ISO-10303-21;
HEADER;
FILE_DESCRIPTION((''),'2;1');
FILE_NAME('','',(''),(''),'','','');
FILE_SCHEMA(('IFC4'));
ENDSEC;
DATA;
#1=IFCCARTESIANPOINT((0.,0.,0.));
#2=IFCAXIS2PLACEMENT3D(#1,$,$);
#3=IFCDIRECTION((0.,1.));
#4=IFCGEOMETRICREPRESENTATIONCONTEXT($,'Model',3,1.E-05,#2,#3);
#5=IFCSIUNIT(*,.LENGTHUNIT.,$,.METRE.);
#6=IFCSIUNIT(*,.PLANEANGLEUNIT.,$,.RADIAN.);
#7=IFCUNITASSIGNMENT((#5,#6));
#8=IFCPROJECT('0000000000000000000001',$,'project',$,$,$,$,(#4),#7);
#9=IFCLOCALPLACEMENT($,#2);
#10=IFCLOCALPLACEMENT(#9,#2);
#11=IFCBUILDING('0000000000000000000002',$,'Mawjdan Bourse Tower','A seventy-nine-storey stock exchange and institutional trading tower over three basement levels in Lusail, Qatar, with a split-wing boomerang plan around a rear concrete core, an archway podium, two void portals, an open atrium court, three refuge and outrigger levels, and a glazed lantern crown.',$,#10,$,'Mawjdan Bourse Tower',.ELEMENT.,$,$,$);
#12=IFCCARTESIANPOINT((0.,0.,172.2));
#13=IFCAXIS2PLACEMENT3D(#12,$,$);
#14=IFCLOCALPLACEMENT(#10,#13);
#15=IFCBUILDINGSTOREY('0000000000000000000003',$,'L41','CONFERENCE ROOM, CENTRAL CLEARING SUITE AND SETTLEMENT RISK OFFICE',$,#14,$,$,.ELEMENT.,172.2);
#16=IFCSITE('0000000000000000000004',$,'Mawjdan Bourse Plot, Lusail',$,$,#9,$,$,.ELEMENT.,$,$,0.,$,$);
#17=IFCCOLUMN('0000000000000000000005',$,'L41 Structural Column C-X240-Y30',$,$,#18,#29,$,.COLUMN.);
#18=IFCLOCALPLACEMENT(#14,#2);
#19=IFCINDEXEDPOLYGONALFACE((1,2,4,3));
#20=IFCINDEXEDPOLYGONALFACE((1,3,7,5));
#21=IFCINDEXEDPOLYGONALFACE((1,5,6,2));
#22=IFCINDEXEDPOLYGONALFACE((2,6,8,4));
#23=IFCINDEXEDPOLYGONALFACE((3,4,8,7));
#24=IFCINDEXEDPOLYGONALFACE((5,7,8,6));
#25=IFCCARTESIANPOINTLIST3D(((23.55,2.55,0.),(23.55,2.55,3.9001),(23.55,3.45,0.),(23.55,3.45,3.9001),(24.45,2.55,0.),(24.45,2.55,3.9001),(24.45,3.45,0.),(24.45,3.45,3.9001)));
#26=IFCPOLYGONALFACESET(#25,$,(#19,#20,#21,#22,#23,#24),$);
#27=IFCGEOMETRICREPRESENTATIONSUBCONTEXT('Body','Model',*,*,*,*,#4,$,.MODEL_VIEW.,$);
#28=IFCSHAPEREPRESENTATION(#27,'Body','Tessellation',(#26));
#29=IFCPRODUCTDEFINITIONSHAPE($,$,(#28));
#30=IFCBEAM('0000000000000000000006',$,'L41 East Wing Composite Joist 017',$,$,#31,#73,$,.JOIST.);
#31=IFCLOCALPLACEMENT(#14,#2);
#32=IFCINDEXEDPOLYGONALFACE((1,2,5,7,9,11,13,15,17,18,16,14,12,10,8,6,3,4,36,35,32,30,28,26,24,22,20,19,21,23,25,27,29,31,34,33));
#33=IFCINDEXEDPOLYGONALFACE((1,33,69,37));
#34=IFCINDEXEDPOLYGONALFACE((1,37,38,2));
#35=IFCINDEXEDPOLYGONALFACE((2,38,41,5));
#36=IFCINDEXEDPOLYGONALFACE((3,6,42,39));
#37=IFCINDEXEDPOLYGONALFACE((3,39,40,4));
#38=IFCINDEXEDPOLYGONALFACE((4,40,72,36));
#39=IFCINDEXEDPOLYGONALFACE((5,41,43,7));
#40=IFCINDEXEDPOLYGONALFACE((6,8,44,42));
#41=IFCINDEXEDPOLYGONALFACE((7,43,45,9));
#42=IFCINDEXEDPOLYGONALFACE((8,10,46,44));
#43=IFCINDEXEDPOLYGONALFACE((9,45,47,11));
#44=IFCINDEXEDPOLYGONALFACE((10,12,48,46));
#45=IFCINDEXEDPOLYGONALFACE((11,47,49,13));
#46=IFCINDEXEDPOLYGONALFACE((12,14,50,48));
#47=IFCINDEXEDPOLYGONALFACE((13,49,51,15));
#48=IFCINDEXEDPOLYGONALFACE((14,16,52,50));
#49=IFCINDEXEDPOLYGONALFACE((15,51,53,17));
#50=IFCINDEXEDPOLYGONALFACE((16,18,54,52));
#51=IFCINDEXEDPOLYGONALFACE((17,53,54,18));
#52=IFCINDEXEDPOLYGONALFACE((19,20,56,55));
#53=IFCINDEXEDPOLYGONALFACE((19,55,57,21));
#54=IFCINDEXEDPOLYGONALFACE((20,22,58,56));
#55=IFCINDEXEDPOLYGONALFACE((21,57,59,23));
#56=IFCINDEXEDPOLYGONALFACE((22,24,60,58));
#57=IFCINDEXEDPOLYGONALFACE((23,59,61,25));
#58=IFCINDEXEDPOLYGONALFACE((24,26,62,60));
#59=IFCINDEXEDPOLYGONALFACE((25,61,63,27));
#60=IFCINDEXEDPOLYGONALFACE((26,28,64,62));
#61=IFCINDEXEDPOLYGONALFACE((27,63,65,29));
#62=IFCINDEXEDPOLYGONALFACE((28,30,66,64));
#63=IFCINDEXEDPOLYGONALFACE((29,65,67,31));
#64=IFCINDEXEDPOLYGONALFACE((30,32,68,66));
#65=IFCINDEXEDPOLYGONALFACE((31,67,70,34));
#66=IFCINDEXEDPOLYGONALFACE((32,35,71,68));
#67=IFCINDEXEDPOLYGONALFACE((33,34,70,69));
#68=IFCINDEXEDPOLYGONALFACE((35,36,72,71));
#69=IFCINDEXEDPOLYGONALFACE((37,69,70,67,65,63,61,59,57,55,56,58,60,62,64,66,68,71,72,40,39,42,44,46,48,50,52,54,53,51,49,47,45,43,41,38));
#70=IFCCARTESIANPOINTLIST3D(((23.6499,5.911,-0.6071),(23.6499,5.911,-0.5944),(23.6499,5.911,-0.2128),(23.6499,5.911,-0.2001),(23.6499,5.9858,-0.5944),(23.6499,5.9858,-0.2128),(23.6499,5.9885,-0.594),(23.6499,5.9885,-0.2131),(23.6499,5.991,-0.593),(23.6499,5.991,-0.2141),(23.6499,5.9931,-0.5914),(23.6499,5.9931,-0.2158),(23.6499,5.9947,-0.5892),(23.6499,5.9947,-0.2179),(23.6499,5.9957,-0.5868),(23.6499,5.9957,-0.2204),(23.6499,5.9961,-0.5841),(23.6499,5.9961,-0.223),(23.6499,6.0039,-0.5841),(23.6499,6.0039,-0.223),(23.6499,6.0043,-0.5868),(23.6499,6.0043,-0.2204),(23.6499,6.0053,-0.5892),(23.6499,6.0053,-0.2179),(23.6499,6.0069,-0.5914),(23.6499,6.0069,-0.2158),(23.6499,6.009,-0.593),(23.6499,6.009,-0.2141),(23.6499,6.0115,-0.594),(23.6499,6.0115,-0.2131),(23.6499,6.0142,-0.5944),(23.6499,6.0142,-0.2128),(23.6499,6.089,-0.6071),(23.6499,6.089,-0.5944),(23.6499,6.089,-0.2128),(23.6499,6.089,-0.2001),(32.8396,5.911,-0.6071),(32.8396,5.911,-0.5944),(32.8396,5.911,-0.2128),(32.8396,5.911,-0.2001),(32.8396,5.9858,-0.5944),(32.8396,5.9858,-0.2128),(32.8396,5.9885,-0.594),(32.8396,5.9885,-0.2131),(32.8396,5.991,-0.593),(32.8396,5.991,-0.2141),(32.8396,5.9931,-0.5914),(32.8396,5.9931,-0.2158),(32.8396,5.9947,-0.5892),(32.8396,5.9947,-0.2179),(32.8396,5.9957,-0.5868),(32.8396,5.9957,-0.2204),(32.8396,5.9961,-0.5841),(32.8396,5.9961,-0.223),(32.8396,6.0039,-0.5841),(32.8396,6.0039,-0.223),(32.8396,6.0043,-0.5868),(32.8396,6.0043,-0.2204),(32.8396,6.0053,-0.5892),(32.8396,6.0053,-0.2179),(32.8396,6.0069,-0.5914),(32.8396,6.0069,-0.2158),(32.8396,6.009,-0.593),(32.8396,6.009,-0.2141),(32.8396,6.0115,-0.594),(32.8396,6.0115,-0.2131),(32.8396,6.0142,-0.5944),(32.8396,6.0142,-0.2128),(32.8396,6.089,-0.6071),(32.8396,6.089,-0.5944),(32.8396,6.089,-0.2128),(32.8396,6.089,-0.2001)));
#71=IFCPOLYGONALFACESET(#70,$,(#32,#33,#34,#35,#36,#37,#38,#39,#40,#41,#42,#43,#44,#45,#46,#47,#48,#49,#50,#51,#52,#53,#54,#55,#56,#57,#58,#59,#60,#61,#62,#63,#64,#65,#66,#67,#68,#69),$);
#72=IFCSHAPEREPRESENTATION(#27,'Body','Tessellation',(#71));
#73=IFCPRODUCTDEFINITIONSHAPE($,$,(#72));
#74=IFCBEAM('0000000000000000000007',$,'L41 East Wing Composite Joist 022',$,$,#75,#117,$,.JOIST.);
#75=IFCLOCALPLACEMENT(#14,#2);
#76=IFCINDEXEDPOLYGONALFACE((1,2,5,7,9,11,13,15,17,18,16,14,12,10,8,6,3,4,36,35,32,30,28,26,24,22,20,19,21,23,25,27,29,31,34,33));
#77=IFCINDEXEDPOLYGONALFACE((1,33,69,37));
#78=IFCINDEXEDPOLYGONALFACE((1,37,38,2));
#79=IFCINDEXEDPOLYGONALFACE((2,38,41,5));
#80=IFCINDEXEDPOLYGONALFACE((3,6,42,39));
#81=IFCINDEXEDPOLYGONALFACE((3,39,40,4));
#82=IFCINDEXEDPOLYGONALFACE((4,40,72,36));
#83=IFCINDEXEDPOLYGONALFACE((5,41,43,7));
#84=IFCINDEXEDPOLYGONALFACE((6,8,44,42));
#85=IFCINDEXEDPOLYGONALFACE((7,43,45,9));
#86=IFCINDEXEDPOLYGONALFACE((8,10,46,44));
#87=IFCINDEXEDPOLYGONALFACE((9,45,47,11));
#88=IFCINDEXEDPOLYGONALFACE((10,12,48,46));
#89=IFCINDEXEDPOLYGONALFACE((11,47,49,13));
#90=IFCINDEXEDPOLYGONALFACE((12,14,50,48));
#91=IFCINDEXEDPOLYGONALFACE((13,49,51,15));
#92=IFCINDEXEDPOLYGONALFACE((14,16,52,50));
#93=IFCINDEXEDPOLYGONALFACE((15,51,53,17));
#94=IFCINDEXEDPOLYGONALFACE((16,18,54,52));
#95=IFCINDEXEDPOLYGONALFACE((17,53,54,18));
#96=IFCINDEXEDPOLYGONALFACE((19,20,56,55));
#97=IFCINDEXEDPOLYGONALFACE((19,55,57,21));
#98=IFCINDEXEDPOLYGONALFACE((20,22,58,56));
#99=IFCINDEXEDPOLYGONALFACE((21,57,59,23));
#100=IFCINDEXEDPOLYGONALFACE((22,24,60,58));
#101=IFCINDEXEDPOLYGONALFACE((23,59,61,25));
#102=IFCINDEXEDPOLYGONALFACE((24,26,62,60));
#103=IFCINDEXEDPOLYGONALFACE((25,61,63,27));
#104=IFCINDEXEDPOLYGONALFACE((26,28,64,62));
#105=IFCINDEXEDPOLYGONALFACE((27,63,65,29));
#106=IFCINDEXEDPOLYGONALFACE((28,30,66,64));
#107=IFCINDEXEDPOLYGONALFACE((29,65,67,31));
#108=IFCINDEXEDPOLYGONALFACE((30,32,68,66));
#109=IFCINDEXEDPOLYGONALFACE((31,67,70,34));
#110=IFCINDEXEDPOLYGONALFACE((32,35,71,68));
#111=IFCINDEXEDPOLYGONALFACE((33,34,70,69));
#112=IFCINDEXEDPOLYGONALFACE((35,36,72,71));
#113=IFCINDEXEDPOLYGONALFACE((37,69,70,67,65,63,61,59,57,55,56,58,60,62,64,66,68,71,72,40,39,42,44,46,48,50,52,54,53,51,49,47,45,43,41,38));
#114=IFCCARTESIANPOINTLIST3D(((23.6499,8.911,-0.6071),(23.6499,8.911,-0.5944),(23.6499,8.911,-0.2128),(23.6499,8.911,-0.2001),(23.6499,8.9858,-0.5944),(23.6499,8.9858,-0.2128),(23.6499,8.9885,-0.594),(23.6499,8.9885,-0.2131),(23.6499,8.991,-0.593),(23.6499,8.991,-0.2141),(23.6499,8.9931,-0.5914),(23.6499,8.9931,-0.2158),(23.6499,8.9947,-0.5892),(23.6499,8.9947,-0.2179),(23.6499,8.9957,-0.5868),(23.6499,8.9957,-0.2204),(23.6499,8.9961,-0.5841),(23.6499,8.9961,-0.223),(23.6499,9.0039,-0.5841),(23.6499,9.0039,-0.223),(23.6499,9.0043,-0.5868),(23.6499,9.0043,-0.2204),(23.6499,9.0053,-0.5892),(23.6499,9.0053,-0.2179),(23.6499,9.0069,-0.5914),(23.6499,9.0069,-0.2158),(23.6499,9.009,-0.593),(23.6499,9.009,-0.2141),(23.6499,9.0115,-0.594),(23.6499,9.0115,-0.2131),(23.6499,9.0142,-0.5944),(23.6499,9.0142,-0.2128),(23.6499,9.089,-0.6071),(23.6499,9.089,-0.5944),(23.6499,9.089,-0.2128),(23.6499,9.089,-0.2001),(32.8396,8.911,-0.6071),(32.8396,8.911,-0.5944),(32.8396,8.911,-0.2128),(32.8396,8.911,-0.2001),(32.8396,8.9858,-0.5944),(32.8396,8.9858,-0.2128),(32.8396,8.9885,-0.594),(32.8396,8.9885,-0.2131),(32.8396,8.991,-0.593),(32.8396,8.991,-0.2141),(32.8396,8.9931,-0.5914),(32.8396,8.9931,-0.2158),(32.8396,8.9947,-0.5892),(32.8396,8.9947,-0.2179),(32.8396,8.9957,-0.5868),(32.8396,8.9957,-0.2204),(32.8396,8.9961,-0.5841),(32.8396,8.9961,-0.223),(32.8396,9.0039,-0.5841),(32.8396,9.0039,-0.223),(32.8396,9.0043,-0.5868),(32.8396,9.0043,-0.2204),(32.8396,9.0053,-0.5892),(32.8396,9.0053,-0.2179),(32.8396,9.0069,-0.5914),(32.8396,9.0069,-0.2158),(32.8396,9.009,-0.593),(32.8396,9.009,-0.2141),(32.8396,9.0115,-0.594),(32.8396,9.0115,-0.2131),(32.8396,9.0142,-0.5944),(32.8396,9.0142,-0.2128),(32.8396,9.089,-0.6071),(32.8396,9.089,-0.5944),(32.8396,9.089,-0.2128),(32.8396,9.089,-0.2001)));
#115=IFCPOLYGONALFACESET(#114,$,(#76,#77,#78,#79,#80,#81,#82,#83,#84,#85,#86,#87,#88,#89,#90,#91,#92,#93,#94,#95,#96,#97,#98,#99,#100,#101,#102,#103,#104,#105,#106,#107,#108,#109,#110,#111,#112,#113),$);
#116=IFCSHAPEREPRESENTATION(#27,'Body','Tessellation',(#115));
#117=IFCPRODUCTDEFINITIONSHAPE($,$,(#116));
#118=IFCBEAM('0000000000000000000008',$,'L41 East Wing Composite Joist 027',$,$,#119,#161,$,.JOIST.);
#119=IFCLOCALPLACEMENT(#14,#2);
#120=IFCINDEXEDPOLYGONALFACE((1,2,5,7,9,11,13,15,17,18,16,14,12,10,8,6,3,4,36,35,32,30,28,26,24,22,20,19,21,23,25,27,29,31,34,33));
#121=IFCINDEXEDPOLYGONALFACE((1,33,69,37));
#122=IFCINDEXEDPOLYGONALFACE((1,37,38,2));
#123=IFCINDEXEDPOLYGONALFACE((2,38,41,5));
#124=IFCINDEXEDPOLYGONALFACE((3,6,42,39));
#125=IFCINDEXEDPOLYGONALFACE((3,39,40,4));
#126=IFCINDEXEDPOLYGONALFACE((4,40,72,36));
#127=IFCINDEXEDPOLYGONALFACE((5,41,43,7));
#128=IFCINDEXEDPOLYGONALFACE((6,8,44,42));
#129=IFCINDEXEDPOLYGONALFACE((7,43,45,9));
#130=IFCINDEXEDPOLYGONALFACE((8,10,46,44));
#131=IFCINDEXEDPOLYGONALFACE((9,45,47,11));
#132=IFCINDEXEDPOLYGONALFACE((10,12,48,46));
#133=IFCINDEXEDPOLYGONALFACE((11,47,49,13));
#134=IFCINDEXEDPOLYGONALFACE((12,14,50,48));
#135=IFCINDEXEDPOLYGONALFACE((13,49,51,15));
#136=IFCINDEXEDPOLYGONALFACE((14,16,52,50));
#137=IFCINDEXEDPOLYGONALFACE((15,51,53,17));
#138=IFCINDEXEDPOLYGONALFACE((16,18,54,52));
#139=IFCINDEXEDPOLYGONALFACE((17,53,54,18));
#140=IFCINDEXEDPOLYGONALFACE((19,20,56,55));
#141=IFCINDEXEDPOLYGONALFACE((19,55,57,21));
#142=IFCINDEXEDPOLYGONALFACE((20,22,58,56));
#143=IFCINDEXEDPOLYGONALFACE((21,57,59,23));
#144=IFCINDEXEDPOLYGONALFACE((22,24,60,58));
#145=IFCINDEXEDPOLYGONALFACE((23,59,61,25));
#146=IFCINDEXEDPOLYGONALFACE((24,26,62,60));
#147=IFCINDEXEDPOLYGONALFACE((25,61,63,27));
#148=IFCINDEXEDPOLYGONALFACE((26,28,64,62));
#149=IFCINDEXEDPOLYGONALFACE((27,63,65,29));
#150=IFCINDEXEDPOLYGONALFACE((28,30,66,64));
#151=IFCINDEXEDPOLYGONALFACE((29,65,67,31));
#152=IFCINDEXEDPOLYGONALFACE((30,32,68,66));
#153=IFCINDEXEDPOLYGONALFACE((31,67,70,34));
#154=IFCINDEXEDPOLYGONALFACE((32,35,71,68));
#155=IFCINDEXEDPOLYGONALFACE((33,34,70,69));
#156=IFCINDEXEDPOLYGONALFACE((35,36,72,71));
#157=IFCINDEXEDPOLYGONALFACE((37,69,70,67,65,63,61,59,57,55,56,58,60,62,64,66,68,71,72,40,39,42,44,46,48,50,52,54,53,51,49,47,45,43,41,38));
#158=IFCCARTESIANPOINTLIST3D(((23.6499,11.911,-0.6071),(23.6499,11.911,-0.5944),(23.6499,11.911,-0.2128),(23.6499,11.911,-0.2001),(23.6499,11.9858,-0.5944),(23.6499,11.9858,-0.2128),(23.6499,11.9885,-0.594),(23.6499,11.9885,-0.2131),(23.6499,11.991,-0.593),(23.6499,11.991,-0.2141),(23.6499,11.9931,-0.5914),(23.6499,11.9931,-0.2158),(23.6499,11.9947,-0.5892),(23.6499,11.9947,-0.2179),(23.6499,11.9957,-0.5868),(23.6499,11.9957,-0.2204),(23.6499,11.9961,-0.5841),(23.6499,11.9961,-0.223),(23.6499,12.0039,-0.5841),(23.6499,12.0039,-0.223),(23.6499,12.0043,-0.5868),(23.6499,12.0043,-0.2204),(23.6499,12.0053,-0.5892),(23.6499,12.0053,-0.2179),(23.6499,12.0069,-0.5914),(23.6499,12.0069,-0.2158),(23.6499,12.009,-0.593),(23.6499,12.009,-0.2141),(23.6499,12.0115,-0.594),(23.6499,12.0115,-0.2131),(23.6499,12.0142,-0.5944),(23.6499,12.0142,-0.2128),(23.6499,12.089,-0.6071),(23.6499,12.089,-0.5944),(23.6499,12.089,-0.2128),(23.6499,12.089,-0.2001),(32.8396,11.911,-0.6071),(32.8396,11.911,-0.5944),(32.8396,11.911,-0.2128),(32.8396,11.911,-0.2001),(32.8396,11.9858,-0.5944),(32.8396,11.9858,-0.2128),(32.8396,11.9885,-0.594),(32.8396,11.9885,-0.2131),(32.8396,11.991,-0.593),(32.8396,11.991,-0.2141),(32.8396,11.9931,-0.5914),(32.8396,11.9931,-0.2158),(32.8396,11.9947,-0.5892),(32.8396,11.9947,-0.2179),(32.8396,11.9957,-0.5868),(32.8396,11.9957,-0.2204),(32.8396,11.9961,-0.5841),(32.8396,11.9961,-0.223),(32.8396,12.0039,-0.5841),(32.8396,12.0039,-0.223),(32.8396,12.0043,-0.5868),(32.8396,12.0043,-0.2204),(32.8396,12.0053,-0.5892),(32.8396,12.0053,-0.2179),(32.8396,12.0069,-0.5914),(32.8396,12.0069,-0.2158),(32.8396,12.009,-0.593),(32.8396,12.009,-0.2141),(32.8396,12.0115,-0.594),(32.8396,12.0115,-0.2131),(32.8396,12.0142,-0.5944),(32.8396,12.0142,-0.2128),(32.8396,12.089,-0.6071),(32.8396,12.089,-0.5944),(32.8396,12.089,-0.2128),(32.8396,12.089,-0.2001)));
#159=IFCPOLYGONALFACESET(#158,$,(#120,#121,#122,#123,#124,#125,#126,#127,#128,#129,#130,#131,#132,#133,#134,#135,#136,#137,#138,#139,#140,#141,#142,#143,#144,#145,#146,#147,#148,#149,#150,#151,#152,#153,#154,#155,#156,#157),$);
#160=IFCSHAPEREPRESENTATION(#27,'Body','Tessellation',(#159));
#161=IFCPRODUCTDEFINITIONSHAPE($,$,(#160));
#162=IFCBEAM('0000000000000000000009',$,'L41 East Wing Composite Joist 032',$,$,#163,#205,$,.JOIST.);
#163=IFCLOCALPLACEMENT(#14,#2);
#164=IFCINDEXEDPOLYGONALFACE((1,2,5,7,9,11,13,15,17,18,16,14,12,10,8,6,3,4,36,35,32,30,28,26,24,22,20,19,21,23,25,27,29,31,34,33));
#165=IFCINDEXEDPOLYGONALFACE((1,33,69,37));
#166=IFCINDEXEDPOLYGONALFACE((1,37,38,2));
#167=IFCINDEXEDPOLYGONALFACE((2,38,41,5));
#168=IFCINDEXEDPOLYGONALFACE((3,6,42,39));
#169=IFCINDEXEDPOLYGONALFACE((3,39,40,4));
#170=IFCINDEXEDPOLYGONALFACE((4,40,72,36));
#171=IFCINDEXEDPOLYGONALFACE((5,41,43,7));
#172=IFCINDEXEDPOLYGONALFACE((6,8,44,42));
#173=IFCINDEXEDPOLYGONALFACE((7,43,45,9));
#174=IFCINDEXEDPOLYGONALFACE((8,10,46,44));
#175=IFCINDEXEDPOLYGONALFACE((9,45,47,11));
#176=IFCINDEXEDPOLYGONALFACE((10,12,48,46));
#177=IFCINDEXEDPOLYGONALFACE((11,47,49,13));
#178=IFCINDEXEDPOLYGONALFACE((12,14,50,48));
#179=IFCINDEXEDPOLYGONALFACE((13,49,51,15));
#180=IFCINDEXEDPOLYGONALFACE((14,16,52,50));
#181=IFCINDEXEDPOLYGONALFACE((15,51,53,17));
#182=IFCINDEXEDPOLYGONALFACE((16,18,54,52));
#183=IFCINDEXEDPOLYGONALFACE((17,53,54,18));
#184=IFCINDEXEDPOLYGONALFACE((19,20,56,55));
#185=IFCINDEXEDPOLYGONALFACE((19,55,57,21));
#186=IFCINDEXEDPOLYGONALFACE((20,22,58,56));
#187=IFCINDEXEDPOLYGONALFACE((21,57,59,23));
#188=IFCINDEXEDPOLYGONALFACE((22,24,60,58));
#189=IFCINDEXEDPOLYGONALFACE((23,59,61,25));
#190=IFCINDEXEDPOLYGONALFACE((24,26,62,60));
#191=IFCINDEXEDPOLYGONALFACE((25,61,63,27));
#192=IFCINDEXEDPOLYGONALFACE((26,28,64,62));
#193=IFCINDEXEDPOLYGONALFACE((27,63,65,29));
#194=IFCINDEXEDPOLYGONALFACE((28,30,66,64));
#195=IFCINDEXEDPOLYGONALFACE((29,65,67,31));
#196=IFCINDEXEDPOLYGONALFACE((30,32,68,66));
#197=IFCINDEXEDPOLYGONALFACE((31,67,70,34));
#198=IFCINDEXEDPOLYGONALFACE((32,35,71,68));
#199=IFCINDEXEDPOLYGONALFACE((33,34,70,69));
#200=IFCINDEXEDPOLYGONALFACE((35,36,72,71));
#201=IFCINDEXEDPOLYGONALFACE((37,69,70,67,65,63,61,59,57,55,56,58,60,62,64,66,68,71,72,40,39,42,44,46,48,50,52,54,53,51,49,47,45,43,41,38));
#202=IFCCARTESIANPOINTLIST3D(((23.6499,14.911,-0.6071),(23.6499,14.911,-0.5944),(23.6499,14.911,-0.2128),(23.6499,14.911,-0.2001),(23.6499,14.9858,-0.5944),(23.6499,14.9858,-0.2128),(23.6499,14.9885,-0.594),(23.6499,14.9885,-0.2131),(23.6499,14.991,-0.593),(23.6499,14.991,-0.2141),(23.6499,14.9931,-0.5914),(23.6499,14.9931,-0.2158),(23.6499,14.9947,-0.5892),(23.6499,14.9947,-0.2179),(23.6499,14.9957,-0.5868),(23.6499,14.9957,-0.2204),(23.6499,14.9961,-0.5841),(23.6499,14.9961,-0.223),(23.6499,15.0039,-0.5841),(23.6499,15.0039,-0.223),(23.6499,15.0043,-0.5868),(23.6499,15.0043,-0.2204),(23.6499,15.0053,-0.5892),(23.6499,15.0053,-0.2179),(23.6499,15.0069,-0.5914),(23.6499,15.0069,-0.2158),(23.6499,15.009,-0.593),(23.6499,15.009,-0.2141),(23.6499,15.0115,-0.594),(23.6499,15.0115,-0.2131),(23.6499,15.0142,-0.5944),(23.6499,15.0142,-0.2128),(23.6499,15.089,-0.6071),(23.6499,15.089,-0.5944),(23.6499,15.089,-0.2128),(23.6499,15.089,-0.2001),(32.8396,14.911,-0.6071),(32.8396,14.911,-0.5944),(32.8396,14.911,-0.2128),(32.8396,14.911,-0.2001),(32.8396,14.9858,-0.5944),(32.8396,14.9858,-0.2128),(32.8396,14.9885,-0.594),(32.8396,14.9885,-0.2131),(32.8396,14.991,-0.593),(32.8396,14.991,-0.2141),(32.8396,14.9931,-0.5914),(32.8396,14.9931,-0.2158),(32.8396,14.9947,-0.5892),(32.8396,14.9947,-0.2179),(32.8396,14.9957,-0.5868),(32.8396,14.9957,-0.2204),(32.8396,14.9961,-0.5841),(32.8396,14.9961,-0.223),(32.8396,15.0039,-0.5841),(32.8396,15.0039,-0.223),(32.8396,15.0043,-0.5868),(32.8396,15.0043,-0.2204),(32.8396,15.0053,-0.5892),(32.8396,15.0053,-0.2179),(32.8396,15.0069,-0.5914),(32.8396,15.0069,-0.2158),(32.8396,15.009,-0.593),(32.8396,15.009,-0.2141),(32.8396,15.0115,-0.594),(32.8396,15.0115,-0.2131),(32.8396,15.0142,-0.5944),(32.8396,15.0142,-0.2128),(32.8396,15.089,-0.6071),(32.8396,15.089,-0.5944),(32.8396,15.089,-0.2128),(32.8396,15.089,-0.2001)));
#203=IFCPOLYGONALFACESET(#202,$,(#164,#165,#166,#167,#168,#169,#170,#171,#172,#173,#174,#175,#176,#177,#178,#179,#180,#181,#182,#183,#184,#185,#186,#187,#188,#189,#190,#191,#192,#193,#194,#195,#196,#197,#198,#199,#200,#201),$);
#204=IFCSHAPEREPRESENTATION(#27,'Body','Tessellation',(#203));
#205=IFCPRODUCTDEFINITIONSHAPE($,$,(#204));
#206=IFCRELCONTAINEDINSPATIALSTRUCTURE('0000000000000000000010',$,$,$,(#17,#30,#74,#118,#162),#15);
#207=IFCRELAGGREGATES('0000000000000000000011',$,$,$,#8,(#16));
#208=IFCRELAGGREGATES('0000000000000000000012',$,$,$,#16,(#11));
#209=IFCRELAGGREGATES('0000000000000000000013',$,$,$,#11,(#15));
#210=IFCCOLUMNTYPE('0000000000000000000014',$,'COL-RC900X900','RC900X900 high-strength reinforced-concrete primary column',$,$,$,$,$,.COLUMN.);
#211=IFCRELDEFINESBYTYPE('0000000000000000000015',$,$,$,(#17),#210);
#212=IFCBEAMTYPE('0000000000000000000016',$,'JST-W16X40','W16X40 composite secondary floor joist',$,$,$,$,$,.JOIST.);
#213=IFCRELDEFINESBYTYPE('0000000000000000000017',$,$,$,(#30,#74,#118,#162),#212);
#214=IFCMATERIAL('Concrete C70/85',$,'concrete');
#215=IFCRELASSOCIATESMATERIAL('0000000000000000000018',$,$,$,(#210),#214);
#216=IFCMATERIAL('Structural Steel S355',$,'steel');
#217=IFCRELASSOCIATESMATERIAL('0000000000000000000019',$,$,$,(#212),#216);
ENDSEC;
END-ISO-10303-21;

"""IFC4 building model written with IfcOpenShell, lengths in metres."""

from ifc_helpers import new_model, si_unit, direction, frame, origin, origin_2d, place, context, subcontext, project, spatial, rectangle, i_section, extrude, material, material_profile, profile_set, type_object, element, save


model = new_model("IFC4")

# Units and contexts
model_context = context("Model", 3, precision=1e-05, world=origin(), true_north=direction((0.0, 1.0)))
body_context = subcontext(model_context, "Body", "Model", "MODEL_VIEW")
ifc_project = project(units=[si_unit("LENGTHUNIT", "METRE"), si_unit("PLANEANGLEUNIT", "RADIAN")], contexts=[model_context])

# Site, building, storey
site_placement = place(None, origin())
site = spatial("IfcSite", under=ifc_project, at=site_placement, Name="Mawjdan Bourse Plot, Lusail", CompositionType="ELEMENT", RefElevation=0.0)
building_placement = place(site_placement, origin())
building = spatial("IfcBuilding", under=site, at=building_placement, Name="Mawjdan Bourse Tower", Description="A seventy-nine-storey stock exchange and institutional trading tower over three basement levels in Lusail, Qatar, with a split-wing boomerang plan around a rear concrete core, an archway podium, two void portals, an open atrium court, three refuge and outrigger levels, and a glazed lantern crown.", LongName="Mawjdan Bourse Tower", CompositionType="ELEMENT")
storey_placement = place(building_placement, frame((0.0, 0.0, 172.2)))
storey = spatial("IfcBuildingStorey", under=building, at=storey_placement, Name="L41", Description="CONFERENCE ROOM, CENTRAL CLEARING SUITE AND SETTLEMENT RISK OFFICE", CompositionType="ELEMENT", Elevation=172.2)

# Column
ifc_material_1 = material(Name="Concrete C70/85", Category="concrete")
ifc_material_profile_1 = material_profile(ifc_material_1, rectangle(XDim=0.8999, YDim=0.8999, at=origin_2d()), Name="RC900X900")
ifc_profile_set_1 = profile_set([ifc_material_profile_1], Name="Concrete C70/85")
column_type = type_object("IfcColumnType", Name="COL-RC900X900", Description="RC900X900 high-strength reinforced-concrete primary column", PredefinedType="COLUMN", material=ifc_profile_set_1)
column_placement = place(storey_placement, frame((24.0, 3.0, 0.0), z_axis=(0.0, 0.0, 1.0), x_axis=(1.0, 0.0, 0.0)))
element("IfcColumn", 1, at=column_placement, inside=storey, type_object=column_type, Name="L41 Structural Column C-X240-Y30", PredefinedType="COLUMN", context=body_context, shape_type="SweptSolid", body=[
    extrude(rectangle(XDim=0.8999, YDim=0.8999, at=origin_2d()), origin(), (0.0, 0.0, 1.0), 3.9001),
])

# Beams
ifc_material_2 = material(Name="Structural Steel S355", Category="steel")
ifc_material_profile_2 = material_profile(ifc_material_2, i_section(OverallWidth=0.178, OverallDepth=0.407, WebThickness=0.0078, FlangeThickness=0.0127, FilletRadius=0.0103, at=origin_2d()), Name="W16X40")
ifc_profile_set_2 = profile_set([ifc_material_profile_2], Name="Structural Steel S355")
beam_type_1 = type_object("IfcBeamType", Name="JST-W16X40", Description="W16X40 composite secondary floor joist", PredefinedType="JOIST", material=ifc_profile_set_2)
for number, where, z_axis, x_axis, name in (
    (2, (23.6499, 6.0, -0.4036), (1.0, 0.0, 0.0), (0.0, 1.0, 0.0), "L41 East Wing Composite Joist 017"),
    (3, (23.6499, 9.0, -0.4036), (1.0, 0.0, 0.0), (0.0, 1.0, 0.0), "L41 East Wing Composite Joist 022"),
    (4, (23.6499, 12.0, -0.4036), (1.0, 0.0, 0.0), (0.0, 1.0, 0.0), "L41 East Wing Composite Joist 027"),
    (5, (23.6499, 15.0, -0.4036), (1.0, 0.0, 0.0), (0.0, 1.0, 0.0), "L41 East Wing Composite Joist 032"),
):
    element("IfcBeam", number, at=place(storey_placement, frame(where, z_axis=z_axis, x_axis=x_axis)), inside=storey, type_object=beam_type_1, Name=name, PredefinedType="JOIST", context=body_context, shape_type="SweptSolid", body=[
        extrude(i_section(OverallWidth=0.178, OverallDepth=0.407, WebThickness=0.0078, FlangeThickness=0.0127, FilletRadius=0.0103, at=origin_2d()), origin(), (0.0, 0.0, 1.0), 9.1897),
    ])

save(model, "model.ifc")
